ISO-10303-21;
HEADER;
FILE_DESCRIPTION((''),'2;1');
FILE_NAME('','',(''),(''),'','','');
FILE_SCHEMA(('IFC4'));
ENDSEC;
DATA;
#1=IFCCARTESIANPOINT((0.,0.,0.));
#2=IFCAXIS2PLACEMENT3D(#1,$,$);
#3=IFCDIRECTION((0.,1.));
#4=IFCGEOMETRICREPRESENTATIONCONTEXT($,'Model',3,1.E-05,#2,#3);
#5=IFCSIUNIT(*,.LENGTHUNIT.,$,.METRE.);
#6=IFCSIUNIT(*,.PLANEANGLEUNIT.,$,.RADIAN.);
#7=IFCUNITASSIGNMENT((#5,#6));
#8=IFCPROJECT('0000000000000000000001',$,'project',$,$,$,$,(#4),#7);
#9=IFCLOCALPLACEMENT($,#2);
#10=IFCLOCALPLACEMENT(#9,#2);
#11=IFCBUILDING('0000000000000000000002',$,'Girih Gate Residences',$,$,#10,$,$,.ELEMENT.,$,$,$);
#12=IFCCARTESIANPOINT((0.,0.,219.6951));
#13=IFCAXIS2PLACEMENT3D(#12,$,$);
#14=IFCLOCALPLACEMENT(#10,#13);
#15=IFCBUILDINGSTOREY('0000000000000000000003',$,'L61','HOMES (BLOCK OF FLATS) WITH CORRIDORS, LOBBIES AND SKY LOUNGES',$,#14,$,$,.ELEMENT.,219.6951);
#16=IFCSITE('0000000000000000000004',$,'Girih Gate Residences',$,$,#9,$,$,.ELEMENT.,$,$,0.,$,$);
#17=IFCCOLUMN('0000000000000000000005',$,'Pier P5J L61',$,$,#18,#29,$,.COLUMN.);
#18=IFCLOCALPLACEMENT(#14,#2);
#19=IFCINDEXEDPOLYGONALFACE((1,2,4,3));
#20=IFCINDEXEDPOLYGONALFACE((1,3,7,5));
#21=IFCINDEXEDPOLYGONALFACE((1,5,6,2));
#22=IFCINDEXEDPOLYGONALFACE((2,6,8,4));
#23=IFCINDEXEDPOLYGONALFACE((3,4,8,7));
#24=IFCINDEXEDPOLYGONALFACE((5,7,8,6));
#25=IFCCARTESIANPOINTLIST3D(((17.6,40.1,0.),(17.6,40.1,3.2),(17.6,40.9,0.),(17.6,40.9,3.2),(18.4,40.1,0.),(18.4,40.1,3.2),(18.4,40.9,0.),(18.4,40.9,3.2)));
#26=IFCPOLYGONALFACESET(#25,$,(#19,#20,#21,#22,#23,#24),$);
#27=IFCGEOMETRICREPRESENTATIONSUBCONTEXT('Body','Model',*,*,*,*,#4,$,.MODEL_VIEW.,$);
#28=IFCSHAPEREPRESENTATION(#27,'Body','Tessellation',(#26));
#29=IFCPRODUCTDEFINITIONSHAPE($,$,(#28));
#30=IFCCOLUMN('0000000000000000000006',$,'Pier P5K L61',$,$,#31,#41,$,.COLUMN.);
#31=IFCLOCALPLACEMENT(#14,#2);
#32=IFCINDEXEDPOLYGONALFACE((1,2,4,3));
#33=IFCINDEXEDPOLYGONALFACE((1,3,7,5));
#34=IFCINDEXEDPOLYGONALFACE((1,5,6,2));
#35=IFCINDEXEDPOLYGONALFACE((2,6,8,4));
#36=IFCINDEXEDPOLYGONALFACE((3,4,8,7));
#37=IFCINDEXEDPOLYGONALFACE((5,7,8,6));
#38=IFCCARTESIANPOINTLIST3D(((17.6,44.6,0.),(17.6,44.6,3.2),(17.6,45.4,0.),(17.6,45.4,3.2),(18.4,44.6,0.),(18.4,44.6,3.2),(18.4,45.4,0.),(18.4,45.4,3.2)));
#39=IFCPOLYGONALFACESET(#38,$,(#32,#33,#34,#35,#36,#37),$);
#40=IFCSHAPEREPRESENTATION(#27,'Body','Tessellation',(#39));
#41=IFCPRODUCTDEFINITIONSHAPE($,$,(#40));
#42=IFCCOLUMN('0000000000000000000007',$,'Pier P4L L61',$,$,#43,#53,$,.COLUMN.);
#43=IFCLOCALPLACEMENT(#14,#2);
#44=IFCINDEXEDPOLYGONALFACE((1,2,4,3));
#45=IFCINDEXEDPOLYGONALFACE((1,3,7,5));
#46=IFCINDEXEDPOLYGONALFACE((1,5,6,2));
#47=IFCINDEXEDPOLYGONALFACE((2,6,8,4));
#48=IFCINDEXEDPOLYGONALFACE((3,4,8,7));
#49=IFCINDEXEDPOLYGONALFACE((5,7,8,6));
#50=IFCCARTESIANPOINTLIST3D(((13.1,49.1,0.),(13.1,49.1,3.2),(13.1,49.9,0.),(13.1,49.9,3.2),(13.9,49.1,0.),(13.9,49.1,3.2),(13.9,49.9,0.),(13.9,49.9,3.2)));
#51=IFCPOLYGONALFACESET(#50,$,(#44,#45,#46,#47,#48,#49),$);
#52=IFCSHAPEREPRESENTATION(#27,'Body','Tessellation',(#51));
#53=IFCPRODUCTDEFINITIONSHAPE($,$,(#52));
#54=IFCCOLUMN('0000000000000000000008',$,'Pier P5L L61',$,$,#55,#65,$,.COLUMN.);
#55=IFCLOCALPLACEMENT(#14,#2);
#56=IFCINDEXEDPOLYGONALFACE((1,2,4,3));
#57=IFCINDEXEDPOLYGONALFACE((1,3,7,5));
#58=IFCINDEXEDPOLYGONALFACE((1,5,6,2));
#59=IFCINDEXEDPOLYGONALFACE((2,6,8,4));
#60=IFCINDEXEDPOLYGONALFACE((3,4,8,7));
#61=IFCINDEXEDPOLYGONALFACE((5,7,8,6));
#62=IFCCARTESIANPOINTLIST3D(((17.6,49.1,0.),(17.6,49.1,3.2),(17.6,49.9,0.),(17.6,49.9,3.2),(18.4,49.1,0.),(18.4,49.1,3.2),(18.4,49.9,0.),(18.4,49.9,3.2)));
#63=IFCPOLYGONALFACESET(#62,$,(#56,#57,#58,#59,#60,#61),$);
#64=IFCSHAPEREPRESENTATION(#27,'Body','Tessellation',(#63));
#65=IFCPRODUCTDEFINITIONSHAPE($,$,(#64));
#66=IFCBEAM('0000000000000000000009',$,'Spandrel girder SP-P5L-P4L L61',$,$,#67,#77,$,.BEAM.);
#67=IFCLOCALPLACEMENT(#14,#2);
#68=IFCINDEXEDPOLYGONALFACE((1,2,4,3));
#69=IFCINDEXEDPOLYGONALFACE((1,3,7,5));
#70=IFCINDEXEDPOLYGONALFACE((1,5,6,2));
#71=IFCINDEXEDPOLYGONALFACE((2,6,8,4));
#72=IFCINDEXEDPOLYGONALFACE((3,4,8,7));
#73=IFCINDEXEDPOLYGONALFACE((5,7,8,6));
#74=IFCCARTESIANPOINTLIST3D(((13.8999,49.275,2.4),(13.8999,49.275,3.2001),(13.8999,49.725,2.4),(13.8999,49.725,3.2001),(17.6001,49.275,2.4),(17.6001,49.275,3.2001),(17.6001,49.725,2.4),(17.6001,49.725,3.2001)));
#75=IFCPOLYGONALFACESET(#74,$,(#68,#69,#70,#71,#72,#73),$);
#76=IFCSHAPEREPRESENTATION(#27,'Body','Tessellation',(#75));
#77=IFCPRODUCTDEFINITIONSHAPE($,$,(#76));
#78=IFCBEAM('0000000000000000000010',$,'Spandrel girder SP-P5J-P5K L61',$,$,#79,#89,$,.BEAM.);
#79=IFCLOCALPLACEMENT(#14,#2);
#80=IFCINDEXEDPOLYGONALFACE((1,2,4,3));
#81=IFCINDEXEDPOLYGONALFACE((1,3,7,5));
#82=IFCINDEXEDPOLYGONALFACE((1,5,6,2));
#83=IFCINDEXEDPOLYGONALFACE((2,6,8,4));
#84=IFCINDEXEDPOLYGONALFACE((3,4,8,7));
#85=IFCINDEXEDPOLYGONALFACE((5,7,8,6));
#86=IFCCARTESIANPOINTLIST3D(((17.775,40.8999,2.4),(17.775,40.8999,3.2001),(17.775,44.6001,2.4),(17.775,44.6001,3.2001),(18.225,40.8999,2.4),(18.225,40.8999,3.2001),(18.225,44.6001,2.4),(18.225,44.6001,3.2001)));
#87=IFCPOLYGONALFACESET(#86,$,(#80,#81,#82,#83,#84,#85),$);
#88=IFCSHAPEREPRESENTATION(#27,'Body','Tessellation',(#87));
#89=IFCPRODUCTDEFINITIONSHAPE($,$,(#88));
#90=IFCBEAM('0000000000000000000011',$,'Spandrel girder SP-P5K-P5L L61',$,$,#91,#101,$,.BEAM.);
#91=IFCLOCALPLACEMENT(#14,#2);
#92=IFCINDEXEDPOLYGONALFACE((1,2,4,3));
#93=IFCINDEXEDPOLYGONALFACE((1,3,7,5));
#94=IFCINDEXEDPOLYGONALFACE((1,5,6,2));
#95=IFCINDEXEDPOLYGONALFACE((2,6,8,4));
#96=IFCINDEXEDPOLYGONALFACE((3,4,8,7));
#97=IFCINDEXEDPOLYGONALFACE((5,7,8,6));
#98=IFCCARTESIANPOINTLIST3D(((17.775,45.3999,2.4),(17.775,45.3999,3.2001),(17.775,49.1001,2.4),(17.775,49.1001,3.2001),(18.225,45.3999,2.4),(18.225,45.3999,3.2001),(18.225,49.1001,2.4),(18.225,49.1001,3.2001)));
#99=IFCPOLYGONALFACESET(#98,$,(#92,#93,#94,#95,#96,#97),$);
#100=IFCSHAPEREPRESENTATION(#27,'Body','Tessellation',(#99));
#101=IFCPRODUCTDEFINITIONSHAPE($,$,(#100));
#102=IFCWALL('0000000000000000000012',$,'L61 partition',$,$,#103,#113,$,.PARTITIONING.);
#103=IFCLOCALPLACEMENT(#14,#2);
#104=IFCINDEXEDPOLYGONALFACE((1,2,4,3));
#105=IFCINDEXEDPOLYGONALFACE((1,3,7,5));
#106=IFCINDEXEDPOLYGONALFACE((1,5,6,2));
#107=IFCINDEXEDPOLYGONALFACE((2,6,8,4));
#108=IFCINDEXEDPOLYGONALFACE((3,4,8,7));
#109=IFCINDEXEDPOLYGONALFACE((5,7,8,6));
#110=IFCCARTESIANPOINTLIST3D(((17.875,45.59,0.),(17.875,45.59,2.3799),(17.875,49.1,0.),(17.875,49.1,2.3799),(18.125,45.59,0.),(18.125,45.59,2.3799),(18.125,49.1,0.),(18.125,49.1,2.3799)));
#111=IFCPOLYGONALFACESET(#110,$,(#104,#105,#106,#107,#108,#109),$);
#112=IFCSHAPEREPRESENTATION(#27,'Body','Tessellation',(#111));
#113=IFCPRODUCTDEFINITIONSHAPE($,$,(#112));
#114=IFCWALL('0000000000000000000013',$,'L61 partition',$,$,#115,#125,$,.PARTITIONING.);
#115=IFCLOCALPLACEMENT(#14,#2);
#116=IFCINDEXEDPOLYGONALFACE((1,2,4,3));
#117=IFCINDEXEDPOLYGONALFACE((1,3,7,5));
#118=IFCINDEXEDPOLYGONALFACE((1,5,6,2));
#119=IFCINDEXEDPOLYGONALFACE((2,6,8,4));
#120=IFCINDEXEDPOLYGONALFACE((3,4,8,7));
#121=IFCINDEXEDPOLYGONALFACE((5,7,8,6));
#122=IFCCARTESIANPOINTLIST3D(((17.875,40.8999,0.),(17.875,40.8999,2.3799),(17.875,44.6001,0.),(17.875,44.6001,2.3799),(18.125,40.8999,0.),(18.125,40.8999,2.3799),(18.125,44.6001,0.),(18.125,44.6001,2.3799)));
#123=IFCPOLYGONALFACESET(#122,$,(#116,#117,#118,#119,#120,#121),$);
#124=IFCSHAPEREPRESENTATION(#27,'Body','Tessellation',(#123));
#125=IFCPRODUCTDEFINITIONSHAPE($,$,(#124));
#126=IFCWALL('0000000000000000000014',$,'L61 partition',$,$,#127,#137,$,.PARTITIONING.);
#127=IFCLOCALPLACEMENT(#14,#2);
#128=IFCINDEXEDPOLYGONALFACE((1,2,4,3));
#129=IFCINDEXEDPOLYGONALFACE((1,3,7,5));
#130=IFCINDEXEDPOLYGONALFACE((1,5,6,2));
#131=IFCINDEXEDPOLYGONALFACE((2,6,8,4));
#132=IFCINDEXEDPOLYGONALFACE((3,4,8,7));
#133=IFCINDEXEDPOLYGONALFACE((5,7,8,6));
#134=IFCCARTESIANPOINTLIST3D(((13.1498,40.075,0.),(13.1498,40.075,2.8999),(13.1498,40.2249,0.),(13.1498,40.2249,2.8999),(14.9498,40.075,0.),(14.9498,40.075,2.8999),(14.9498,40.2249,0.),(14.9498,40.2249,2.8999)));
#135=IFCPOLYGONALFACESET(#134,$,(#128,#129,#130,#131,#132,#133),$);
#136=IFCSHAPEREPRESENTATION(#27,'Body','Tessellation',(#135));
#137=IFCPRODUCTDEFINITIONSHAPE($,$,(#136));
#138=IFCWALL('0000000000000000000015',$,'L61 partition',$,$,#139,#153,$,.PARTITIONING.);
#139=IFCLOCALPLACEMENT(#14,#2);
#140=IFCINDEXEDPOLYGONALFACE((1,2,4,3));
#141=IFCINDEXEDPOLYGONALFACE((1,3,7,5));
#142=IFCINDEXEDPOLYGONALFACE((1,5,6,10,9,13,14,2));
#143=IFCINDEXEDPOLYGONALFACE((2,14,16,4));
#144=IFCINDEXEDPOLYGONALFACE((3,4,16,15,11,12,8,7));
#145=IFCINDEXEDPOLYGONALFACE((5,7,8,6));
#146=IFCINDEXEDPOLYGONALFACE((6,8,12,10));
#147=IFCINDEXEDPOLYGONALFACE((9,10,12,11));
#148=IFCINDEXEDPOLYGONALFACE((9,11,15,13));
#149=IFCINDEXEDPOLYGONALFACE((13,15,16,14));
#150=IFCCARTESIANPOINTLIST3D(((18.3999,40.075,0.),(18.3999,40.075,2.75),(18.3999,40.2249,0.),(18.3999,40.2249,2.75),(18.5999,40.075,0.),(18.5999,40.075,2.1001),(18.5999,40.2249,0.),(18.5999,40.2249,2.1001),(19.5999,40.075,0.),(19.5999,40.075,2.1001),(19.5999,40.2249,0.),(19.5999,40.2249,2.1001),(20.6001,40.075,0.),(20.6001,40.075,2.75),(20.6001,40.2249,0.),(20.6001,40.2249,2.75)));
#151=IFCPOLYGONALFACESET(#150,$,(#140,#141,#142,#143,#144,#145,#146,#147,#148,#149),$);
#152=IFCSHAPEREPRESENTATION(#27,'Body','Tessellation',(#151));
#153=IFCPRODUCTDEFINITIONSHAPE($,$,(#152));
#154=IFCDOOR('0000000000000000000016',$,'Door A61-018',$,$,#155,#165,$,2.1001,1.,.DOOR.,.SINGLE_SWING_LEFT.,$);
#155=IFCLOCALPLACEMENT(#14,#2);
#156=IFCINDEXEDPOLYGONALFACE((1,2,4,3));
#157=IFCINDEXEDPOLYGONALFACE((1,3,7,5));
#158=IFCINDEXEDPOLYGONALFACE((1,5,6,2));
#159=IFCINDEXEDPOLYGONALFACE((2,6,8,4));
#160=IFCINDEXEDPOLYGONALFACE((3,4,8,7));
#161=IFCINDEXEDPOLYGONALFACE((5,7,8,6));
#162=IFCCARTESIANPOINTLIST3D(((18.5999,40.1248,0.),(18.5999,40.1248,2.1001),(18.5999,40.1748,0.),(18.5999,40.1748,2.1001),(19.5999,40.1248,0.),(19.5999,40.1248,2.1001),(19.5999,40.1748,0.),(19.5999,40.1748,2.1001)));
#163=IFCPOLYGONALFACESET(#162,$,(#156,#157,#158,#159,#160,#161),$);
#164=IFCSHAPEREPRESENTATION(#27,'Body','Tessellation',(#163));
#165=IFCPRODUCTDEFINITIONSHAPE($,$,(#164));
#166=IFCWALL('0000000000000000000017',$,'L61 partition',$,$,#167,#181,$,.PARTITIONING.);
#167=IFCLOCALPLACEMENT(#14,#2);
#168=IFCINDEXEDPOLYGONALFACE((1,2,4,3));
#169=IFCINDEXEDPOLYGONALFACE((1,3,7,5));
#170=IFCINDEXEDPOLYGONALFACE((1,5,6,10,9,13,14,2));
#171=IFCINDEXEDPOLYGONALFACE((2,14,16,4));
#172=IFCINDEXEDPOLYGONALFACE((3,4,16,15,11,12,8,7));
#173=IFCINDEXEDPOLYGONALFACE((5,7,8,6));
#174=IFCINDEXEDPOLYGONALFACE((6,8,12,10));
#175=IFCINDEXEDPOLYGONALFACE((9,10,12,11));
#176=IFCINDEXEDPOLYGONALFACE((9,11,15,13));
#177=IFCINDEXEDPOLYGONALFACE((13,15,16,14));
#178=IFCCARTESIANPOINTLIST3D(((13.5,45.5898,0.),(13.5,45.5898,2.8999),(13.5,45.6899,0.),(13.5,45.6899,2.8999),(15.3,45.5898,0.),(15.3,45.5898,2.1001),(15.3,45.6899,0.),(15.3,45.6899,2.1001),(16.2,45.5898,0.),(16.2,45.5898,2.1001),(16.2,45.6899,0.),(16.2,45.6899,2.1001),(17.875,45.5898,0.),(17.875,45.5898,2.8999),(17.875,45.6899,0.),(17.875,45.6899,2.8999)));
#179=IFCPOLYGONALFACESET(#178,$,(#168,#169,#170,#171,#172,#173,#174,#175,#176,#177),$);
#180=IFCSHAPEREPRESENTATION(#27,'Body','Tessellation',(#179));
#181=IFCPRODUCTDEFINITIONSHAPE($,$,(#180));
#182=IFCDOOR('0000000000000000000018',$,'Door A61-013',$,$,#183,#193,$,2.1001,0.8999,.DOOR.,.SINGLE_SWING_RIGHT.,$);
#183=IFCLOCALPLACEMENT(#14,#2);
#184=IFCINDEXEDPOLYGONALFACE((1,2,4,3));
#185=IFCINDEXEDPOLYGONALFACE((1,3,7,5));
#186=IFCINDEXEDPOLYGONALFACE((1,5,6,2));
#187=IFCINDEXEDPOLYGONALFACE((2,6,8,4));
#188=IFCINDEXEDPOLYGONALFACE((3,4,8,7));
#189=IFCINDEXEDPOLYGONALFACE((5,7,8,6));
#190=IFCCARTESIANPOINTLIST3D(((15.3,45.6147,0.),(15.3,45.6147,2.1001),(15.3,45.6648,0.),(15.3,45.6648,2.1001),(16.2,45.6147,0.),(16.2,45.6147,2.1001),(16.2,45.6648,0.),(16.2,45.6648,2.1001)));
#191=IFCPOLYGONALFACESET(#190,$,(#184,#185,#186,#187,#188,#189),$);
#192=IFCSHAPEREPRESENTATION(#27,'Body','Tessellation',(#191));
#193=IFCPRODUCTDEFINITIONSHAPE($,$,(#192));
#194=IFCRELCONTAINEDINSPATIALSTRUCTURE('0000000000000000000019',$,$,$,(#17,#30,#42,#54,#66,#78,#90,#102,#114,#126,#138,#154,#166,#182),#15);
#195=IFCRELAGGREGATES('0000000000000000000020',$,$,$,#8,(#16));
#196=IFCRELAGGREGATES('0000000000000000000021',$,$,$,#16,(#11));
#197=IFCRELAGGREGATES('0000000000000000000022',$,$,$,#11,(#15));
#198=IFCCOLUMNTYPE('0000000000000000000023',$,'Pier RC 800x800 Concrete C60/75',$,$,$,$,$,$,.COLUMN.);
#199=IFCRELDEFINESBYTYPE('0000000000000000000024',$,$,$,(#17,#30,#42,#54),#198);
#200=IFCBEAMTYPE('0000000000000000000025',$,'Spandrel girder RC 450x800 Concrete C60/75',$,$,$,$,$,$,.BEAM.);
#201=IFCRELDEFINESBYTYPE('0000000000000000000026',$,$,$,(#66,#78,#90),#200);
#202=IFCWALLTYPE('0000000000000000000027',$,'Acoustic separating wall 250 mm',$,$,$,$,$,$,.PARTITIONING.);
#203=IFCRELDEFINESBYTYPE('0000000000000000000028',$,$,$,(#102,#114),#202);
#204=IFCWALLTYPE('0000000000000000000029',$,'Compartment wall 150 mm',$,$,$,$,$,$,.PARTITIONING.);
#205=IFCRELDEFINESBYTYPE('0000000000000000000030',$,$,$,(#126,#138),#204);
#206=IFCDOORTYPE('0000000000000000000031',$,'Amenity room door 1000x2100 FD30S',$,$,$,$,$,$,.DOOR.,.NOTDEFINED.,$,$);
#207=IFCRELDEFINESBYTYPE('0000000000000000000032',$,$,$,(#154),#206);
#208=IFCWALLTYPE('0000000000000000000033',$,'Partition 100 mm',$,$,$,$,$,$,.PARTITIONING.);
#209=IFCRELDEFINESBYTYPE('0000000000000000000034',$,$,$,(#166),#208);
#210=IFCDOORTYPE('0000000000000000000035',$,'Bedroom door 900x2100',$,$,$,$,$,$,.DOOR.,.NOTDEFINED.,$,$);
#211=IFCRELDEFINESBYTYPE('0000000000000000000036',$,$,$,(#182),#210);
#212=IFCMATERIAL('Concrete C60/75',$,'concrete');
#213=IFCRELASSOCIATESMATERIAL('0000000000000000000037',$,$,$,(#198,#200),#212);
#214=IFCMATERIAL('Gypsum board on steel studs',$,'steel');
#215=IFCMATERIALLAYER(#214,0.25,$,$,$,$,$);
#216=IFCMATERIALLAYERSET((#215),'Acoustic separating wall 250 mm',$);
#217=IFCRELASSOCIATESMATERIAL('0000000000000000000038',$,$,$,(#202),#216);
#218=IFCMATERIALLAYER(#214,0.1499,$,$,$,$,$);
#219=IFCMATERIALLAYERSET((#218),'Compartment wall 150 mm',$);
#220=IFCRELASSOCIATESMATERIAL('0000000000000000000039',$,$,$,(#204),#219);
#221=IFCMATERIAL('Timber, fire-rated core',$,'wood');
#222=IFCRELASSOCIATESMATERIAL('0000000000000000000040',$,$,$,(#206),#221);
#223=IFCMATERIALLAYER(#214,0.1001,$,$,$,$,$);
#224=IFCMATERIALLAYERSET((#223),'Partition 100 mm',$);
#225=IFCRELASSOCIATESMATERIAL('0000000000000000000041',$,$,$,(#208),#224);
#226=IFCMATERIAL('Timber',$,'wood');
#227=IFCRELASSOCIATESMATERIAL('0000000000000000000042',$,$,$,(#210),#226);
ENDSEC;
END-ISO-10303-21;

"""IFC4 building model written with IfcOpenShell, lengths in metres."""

from ifc_helpers import new_model, si_unit, direction, frame, frame_2d, origin, origin_2d, place, context, subcontext, project, spatial, rectangle, extrude, material, layer, layer_set, material_profile, profile_set, type_object, element, fill, save


model = new_model("IFC4")

# Units and contexts
model_context = context("Model", 3, precision=1e-05, world=origin(), true_north=direction((0.0, 1.0)))
body_context = subcontext(model_context, "Body", "Model", "MODEL_VIEW")
ifc_project = project(units=[si_unit("LENGTHUNIT", "METRE"), si_unit("PLANEANGLEUNIT", "RADIAN")], contexts=[model_context])

# Site, building, storey
site_placement = place(None, origin())
site = spatial("IfcSite", under=ifc_project, at=site_placement, Name="Girih Gate Residences", CompositionType="ELEMENT", RefElevation=0.0)
building_placement = place(site_placement, origin())
building = spatial("IfcBuilding", under=site, at=building_placement, Name="Girih Gate Residences", CompositionType="ELEMENT")
storey_placement = place(building_placement, frame((0.0, 0.0, 219.6951)))
storey = spatial("IfcBuildingStorey", under=building, at=storey_placement, Name="L61", Description="HOMES (BLOCK OF FLATS) WITH CORRIDORS, LOBBIES AND SKY LOUNGES", CompositionType="ELEMENT", Elevation=219.6951)

# Columns
ifc_material_1 = material(Name="Concrete C60/75", Category="concrete")
ifc_material_profile_1 = material_profile(ifc_material_1, rectangle(XDim=0.8, YDim=0.8, at=origin_2d()))
ifc_profile_set_1 = profile_set([ifc_material_profile_1], Name="Concrete C60/75")
column_type = type_object("IfcColumnType", Name="Pier RC 800x800 Concrete C60/75", PredefinedType="COLUMN", material=ifc_profile_set_1)
for number, where, z_axis, x_axis, name in (
    (1, (18.0, 40.5, 0.0), (0.0, 0.0, 1.0), (1.0, 0.0, 0.0), "Pier P5J L61"),
    (2, (18.0, 45.0, 0.0), (0.0, 0.0, 1.0), (1.0, 0.0, 0.0), "Pier P5K L61"),
    (3, (13.5, 49.5, 0.0), (0.0, 0.0, 1.0), (1.0, 0.0, 0.0), "Pier P4L L61"),
    (4, (18.0, 49.5, 0.0), (0.0, 0.0, 1.0), (1.0, 0.0, 0.0), "Pier P5L L61"),
):
    element("IfcColumn", number, at=place(storey_placement, frame(where, z_axis=z_axis, x_axis=x_axis)), inside=storey, type_object=column_type, Name=name, PredefinedType="COLUMN", context=body_context, shape_type="SweptSolid", body=[
        extrude(rectangle(XDim=0.8, YDim=0.8, at=origin_2d()), origin(), (0.0, 0.0, 1.0), 3.2),
    ])

# Beams
ifc_material_profile_2 = material_profile(ifc_material_1, rectangle(XDim=0.45, YDim=0.8, at=origin_2d()))
ifc_profile_set_2 = profile_set([ifc_material_profile_2], Name="Concrete C60/75")
beam_type = type_object("IfcBeamType", Name="Spandrel girder RC 450x800 Concrete C60/75", PredefinedType="BEAM", material=ifc_profile_set_2)
for number, where, z_axis, x_axis, name in (
    (5, (17.6001, 49.5, 2.8), (-1.0, 0.0, 0.0), (0.0, -1.0, 0.0), "Spandrel girder SP-P5L-P4L L61"),
    (6, (18.0, 40.8999, 2.8), (0.0, 1.0, 0.0), (-1.0, 0.0, 0.0), "Spandrel girder SP-P5J-P5K L61"),
    (7, (18.0, 45.3999, 2.8), (0.0, 1.0, 0.0), (-1.0, 0.0, 0.0), "Spandrel girder SP-P5K-P5L L61"),
):
    element("IfcBeam", number, at=place(storey_placement, frame(where, z_axis=z_axis, x_axis=x_axis)), inside=storey, type_object=beam_type, Name=name, PredefinedType="BEAM", context=body_context, shape_type="SweptSolid", body=[
        extrude(rectangle(XDim=0.45, YDim=0.8, at=origin_2d()), origin(), (0.0, 0.0, 1.0), 3.7002),
    ])

# Walls
ifc_material_2 = material(Name="Gypsum board on steel studs", Category="steel")
ifc_layer_1 = layer(ifc_material_2, 0.25)
ifc_layer_set_1 = layer_set([ifc_layer_1], Name="Acoustic separating wall 250 mm")
wall_type_1 = type_object("IfcWallType", Name="Acoustic separating wall 250 mm", PredefinedType="PARTITIONING", material=ifc_layer_set_1)
wall_1_placement = place(storey_placement, frame((18.0, 45.5901, 0.0), z_axis=(0.0, 0.0, 1.0), x_axis=(0.0, 1.0, 0.0)))
element("IfcWall", 8, at=wall_1_placement, inside=storey, type_object=wall_type_1, Name="L61 partition", PredefinedType="PARTITIONING", context=body_context, shape_type="SweptSolid", body=[
    extrude(rectangle(XDim=3.51, YDim=0.25, at=frame_2d((1.7549, 0.0))), origin(), (0.0, 0.0, 1.0), 2.3799),
])
wall_2_placement = place(storey_placement, frame((18.0, 40.8999, 0.0), z_axis=(0.0, 0.0, 1.0), x_axis=(0.0, 1.0, 0.0)))
element("IfcWall", 9, at=wall_2_placement, inside=storey, type_object=wall_type_1, Name="L61 partition", PredefinedType="PARTITIONING", context=body_context, shape_type="SweptSolid", body=[
    extrude(rectangle(XDim=3.7002, YDim=0.25, at=frame_2d((1.8501, 0.0))), origin(), (0.0, 0.0, 1.0), 2.3799),
])

# Shared definitions
ifc_layer_2 = layer(ifc_material_2, 0.1499)
ifc_layer_set_2 = layer_set([ifc_layer_2], Name="Compartment wall 150 mm")
wall_type_2 = type_object("IfcWallType", Name="Compartment wall 150 mm", PredefinedType="PARTITIONING", material=ifc_layer_set_2)
ifc_material_3 = material(Name="Timber, fire-rated core", Category="wood")

# Wall
wall_3_placement = place(storey_placement, frame((13.1499, 40.1499, 0.0), z_axis=(0.0, 0.0, 1.0), x_axis=(1.0, 0.0, 0.0)))
element("IfcWall", 10, at=wall_3_placement, inside=storey, type_object=wall_type_2, Name="L61 partition", PredefinedType="PARTITIONING", context=body_context, shape_type="SweptSolid", body=[
    extrude(rectangle(XDim=1.8, YDim=0.1499, at=frame_2d((0.8999, 0.0))), origin(), (0.0, 0.0, 1.0), 2.8999),
])

# Walls, openings, doors
wall_4_placement = place(storey_placement, frame((18.3999, 40.1499, 0.0), z_axis=(0.0, 0.0, 1.0), x_axis=(1.0, 0.0, 0.0)))
wall_4 = element("IfcWall", 11, at=wall_4_placement, inside=storey, type_object=wall_type_2, Name="L61 partition", PredefinedType="PARTITIONING", context=body_context, shape_type="SweptSolid", body=[
    extrude(rectangle(XDim=2.2002, YDim=0.1499, at=frame_2d((1.1001, 0.0))), origin(), (0.0, 0.0, 1.0), 2.75),
])
opening_1_placement = place(wall_4_placement, frame((0.2, 0.0, 0.0)))
opening_1 = element("IfcOpeningElement", 12, at=opening_1_placement, cuts=wall_4, PredefinedType="OPENING", context=body_context, shape_type="SweptSolid", body=[
    extrude(rectangle(XDim=1.0, YDim=2.1001, at=frame_2d((0.5, 1.05))), frame((0.0, 0.085, 0.0), z_axis=(0.0, -1.0, 0.0), x_axis=(1.0, 0.0, 0.0)), (0.0, 0.0, 1.0), 0.1699),
])
door_type_1 = type_object("IfcDoorType", Name="Amenity room door 1000x2100 FD30S", OperationType="NOTDEFINED", PredefinedType="DOOR", material=ifc_material_3)
door_1_placement = place(opening_1_placement, origin())
door_1 = element("IfcDoor", 13, at=door_1_placement, inside=storey, type_object=door_type_1, Name="Door A61-018", OperationType="SINGLE_SWING_LEFT", OverallHeight=2.1001, OverallWidth=1.0, PredefinedType="DOOR", context=body_context, shape_type="SweptSolid", body=[
    extrude(rectangle(XDim=1.0, YDim=2.1001, at=frame_2d((0.5, 1.05))), frame((0.0, 0.0249, 0.0), z_axis=(0.0, -1.0, 0.0), x_axis=(1.0, 0.0, 0.0)), (0.0, 0.0, 1.0), 0.05),
])
fill(opening_1, door_1)
ifc_layer_3 = layer(ifc_material_2, 0.1001)
ifc_layer_set_3 = layer_set([ifc_layer_3], Name="Partition 100 mm")
wall_type_3 = type_object("IfcWallType", Name="Partition 100 mm", PredefinedType="PARTITIONING", material=ifc_layer_set_3)
wall_5_placement = place(storey_placement, frame((13.5, 45.6399, 0.0), z_axis=(0.0, 0.0, 1.0), x_axis=(1.0, 0.0, 0.0)))
wall_5 = element("IfcWall", 14, at=wall_5_placement, inside=storey, type_object=wall_type_3, Name="L61 partition", PredefinedType="PARTITIONING", context=body_context, shape_type="SweptSolid", body=[
    extrude(rectangle(XDim=4.375, YDim=0.1001, at=frame_2d((2.1875, 0.0))), origin(), (0.0, 0.0, 1.0), 2.8999),
])
opening_2_placement = place(wall_5_placement, frame((1.8, 0.0, 0.0)))
opening_2 = element("IfcOpeningElement", 15, at=opening_2_placement, cuts=wall_5, PredefinedType="OPENING", context=body_context, shape_type="SweptSolid", body=[
    extrude(rectangle(XDim=0.8999, YDim=2.1001, at=frame_2d((0.45, 1.05))), frame((0.0, 0.0601, 0.0), z_axis=(0.0, -1.0, 0.0), x_axis=(1.0, 0.0, 0.0)), (0.0, 0.0, 1.0), 0.1201),
])
ifc_material_4 = material(Name="Timber", Category="wood")
door_type_2 = type_object("IfcDoorType", Name="Bedroom door 900x2100", OperationType="NOTDEFINED", PredefinedType="DOOR", material=ifc_material_4)
door_2_placement = place(opening_2_placement, origin())
door_2 = element("IfcDoor", 16, at=door_2_placement, inside=storey, type_object=door_type_2, Name="Door A61-013", OperationType="SINGLE_SWING_RIGHT", OverallHeight=2.1001, OverallWidth=0.8999, PredefinedType="DOOR", context=body_context, shape_type="SweptSolid", body=[
    extrude(rectangle(XDim=0.8999, YDim=2.1001, at=frame_2d((0.45, 1.05))), frame((0.0, 0.0249, 0.0), z_axis=(0.0, -1.0, 0.0), x_axis=(1.0, 0.0, 0.0)), (0.0, 0.0, 1.0), 0.05),
])
fill(opening_2, door_2)

save(model, "model.ifc")
